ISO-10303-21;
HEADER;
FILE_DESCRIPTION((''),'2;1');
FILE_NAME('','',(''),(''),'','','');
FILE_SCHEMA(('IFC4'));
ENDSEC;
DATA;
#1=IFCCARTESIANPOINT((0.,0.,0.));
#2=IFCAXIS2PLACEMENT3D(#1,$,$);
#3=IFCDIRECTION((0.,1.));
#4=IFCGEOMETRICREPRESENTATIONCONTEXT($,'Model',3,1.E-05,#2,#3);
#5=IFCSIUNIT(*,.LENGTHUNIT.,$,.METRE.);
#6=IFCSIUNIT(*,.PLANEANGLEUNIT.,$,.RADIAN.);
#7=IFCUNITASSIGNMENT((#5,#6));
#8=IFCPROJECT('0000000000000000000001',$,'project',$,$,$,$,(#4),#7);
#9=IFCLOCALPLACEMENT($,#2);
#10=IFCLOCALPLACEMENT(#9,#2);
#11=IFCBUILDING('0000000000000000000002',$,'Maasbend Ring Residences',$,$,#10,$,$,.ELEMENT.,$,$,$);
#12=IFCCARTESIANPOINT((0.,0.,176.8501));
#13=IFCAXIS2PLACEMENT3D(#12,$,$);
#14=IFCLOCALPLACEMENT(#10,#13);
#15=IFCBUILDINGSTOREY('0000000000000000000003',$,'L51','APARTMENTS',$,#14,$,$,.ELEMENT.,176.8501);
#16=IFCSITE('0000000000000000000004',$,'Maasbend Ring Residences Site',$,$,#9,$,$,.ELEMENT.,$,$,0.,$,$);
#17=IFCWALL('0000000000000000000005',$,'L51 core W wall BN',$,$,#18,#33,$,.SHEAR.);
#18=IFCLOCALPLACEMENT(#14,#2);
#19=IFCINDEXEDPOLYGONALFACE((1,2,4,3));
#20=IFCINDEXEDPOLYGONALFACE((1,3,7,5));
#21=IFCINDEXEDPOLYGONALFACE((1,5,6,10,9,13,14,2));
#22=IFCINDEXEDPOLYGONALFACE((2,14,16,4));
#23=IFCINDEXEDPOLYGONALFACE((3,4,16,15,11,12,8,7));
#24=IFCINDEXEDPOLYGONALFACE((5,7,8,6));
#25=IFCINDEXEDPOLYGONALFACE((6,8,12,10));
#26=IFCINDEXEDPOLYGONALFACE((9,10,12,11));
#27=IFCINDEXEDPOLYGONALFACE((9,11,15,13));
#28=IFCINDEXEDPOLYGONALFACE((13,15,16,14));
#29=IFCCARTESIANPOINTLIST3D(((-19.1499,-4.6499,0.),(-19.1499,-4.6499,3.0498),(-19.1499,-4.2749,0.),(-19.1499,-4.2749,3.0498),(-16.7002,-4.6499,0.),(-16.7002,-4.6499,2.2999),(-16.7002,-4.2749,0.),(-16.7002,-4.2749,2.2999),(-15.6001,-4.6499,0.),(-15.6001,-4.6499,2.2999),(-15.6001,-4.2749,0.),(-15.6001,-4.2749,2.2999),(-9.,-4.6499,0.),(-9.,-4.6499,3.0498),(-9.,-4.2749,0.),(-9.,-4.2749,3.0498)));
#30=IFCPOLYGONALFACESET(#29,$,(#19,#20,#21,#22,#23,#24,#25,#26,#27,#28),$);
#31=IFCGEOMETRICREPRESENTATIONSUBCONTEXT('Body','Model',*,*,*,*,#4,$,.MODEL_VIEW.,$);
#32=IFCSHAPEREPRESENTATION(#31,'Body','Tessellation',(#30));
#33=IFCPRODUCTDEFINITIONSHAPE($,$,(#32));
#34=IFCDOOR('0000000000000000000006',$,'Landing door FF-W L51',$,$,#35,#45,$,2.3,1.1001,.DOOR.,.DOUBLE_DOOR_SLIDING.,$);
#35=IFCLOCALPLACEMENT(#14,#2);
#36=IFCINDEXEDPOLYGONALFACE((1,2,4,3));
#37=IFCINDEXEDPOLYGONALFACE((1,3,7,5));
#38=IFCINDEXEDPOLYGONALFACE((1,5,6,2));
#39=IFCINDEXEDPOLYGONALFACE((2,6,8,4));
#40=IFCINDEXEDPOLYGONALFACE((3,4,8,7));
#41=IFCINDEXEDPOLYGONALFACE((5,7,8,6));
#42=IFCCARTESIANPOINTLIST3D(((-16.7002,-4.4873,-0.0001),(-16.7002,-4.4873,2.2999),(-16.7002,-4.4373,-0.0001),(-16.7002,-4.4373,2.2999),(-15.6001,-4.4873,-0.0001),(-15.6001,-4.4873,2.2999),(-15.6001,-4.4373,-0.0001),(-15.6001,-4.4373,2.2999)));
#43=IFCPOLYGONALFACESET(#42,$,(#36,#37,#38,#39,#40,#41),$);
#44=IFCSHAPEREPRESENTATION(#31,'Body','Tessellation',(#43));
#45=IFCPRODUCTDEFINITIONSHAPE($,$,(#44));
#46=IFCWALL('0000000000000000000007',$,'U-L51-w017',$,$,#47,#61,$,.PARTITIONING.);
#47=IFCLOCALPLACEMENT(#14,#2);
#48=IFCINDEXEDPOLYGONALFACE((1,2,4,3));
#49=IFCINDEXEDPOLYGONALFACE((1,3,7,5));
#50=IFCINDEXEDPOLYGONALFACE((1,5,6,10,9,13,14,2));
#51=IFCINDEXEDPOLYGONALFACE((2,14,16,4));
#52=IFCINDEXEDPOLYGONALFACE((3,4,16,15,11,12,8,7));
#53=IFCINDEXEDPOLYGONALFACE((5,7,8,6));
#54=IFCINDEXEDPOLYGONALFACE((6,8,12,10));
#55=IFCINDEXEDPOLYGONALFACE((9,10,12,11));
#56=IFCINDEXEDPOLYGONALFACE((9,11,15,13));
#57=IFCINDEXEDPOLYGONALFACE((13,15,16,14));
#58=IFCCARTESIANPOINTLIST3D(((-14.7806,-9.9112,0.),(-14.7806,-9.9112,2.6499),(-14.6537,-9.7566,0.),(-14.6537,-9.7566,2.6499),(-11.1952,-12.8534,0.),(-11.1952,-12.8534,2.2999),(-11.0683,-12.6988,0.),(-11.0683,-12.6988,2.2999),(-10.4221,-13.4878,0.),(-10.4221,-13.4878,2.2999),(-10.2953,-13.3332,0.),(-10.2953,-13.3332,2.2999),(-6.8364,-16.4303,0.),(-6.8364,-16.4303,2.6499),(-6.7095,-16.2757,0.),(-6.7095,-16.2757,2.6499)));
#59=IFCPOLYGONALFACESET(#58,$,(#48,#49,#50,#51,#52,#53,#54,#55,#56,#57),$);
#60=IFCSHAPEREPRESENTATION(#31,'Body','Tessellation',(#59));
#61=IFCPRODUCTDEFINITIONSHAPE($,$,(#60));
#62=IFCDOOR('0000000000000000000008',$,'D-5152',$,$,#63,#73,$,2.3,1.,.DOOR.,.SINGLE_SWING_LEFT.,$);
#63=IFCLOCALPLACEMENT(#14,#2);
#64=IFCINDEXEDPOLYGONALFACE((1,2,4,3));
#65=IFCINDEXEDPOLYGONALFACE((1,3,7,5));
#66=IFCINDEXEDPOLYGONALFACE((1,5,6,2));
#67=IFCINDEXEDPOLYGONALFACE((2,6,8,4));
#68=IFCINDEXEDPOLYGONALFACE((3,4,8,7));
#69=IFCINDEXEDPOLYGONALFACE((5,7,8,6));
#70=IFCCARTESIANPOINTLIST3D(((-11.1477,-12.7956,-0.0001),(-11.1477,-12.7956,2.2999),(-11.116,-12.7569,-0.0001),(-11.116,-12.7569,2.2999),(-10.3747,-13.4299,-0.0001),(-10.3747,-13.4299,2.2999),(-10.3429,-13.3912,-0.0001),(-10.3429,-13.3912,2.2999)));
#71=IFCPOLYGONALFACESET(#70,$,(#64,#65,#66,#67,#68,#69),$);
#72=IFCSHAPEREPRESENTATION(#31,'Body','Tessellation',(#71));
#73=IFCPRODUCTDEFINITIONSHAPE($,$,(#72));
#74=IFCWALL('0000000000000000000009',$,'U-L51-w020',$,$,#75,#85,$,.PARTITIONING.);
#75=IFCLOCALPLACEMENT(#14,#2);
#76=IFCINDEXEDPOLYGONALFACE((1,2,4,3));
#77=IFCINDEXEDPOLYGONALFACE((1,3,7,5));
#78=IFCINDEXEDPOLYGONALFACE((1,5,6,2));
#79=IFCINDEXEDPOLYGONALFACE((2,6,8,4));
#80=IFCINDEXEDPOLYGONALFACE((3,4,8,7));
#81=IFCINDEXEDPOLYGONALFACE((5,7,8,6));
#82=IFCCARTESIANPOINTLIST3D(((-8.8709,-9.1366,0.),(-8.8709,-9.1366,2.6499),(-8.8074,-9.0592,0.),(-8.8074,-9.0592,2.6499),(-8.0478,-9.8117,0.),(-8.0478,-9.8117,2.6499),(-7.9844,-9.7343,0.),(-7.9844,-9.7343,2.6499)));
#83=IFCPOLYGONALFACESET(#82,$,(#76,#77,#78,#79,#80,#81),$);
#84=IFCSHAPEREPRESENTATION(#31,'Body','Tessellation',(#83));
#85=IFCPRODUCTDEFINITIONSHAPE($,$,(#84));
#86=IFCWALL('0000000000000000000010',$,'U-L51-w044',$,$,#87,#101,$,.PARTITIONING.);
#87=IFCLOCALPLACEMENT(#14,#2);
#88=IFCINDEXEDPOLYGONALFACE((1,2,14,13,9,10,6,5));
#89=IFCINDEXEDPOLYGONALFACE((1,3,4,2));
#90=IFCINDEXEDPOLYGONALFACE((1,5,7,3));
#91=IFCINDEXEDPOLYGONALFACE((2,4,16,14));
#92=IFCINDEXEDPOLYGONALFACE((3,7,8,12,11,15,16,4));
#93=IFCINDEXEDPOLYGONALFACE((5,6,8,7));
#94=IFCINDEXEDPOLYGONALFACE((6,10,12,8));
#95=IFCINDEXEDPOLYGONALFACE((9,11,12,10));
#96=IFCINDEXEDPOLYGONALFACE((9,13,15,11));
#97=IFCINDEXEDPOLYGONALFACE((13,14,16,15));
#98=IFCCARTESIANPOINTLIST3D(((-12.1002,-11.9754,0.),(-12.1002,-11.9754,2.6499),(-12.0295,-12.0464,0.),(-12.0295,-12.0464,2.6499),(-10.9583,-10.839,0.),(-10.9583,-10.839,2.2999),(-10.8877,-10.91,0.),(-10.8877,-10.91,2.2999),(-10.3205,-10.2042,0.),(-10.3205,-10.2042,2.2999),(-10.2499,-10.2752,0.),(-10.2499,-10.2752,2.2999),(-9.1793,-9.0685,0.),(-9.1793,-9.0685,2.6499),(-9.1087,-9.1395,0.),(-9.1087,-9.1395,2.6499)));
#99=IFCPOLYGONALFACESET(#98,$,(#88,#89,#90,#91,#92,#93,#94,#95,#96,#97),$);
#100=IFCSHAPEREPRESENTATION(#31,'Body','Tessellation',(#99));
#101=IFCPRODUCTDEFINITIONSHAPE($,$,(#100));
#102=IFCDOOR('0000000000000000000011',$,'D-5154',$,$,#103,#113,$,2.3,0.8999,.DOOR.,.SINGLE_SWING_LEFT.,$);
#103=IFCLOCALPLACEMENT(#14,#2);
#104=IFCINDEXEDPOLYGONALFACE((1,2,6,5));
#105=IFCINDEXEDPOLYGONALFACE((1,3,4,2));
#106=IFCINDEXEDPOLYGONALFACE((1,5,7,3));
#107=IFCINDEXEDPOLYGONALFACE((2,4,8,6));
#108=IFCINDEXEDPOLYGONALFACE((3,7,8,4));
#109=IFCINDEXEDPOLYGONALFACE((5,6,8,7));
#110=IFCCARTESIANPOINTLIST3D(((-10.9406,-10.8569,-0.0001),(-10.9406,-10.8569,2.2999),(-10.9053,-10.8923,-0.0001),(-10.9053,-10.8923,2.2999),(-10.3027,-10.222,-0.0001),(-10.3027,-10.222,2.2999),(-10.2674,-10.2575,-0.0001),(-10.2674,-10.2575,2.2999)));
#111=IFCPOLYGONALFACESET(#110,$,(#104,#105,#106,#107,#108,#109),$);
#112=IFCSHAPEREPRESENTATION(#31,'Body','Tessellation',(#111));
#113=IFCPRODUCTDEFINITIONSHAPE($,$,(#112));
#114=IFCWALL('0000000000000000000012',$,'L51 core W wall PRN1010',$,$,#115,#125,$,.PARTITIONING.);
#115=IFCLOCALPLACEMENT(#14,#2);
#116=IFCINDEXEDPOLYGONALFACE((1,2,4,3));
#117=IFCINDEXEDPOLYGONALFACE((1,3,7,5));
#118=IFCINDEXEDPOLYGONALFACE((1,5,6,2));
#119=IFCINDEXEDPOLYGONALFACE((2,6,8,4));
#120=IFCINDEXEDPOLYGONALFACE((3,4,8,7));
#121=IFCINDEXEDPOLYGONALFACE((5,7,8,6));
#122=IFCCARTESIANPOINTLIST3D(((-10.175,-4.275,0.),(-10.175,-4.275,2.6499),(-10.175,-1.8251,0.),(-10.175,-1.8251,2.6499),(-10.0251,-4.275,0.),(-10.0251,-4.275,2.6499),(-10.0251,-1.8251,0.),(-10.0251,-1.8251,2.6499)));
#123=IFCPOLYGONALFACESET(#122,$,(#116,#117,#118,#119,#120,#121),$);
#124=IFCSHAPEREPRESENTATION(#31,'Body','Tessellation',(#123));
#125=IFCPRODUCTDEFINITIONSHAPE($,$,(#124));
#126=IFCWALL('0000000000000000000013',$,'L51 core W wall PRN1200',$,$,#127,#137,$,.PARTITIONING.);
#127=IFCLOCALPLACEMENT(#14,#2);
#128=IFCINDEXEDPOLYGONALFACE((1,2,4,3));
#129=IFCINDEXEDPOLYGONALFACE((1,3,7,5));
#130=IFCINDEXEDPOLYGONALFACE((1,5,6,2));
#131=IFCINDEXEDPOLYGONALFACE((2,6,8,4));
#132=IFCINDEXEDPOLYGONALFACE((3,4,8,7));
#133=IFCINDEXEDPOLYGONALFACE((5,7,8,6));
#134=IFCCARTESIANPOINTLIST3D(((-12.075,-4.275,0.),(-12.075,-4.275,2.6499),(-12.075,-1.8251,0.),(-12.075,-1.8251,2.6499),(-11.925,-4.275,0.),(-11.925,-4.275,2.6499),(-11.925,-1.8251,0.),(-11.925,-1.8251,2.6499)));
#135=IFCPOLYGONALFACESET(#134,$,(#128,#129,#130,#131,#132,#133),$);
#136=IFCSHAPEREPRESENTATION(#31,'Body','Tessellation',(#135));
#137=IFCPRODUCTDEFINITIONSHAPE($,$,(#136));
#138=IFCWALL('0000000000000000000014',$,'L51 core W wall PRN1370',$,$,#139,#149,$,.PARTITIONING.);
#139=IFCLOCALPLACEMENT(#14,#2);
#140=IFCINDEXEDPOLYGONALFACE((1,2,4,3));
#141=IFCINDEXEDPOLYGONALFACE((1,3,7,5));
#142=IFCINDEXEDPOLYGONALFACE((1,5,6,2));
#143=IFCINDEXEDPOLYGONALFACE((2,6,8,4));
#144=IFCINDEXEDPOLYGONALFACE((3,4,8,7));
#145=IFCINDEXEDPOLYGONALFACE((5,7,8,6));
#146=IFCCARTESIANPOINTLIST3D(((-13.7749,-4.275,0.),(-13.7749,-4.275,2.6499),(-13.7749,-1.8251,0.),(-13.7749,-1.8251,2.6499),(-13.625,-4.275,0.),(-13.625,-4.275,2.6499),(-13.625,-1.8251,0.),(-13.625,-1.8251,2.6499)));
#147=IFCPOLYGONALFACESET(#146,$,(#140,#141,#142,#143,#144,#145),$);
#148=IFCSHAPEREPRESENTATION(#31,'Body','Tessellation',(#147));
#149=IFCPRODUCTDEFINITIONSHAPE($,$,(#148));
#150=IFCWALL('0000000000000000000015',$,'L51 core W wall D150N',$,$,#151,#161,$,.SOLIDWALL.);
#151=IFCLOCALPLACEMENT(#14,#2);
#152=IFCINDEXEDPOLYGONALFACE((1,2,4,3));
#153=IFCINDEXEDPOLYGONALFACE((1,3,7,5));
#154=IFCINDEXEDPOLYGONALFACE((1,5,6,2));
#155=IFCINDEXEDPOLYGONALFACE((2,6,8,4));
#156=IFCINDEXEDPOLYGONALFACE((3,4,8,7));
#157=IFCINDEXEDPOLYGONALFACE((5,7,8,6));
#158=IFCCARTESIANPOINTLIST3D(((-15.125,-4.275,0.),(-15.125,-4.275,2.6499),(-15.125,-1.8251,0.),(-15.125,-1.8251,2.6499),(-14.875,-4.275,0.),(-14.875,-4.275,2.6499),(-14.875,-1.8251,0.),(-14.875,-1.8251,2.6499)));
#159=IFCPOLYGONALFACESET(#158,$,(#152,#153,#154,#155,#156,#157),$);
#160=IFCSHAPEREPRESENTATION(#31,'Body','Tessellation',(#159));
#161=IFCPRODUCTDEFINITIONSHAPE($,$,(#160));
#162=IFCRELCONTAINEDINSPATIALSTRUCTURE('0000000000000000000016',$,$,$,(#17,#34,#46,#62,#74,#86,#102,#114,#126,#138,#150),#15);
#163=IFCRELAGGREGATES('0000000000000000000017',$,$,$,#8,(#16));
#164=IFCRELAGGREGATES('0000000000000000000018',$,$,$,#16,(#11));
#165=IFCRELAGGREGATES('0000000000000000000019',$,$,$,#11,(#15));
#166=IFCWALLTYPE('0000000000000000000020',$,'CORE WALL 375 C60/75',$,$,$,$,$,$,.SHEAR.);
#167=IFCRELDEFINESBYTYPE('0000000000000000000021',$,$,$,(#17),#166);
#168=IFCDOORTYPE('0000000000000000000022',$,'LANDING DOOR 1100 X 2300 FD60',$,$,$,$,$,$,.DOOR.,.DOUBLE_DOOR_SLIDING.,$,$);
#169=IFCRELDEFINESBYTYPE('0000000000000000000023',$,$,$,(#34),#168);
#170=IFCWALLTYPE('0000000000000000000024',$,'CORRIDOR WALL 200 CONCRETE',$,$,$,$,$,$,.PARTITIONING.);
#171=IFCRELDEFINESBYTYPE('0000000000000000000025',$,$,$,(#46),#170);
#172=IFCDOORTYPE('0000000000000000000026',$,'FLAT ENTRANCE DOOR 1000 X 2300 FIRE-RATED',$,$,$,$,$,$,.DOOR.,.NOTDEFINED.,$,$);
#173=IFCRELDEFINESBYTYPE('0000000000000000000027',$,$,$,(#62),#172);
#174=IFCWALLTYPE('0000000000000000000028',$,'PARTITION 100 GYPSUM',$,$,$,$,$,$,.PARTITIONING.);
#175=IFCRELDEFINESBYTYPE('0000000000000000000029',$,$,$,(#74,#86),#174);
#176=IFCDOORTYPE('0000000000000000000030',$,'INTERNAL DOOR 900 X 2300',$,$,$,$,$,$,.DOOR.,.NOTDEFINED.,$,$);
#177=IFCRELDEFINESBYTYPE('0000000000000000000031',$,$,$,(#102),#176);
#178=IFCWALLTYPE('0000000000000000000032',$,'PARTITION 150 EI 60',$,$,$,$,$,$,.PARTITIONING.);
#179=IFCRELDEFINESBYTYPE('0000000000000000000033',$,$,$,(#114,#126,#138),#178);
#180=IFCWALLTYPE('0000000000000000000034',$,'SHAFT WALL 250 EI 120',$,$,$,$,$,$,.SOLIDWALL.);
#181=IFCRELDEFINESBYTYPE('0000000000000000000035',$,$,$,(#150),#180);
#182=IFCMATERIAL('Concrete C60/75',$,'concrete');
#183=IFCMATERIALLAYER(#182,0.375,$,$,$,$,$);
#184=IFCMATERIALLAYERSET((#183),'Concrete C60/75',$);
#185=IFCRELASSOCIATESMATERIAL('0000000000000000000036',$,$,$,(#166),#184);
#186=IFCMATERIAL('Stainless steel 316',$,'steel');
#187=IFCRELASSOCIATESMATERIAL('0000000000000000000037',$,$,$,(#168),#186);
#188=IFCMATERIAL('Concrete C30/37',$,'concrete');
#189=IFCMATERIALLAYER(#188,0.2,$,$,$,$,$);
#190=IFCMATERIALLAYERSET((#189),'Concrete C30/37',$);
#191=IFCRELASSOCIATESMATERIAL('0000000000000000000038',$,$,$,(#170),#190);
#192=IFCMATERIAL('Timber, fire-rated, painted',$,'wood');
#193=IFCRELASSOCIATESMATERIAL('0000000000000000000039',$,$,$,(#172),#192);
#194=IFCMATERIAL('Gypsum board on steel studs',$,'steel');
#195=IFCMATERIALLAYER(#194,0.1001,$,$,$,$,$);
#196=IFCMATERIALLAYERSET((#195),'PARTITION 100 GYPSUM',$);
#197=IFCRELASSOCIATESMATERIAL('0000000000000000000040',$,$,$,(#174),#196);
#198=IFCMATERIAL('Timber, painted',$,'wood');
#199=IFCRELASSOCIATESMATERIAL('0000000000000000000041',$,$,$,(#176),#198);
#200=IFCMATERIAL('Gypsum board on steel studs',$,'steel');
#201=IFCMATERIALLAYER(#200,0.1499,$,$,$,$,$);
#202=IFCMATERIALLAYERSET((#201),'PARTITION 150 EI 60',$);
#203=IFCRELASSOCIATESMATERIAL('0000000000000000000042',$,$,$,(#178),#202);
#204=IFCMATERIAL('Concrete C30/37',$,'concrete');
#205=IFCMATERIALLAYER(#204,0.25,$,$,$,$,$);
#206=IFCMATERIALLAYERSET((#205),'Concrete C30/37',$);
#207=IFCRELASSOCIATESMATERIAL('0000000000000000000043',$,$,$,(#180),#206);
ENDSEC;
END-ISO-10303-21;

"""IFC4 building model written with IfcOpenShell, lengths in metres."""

from ifc_helpers import new_model, si_unit, direction, frame, frame_2d, origin, place, context, subcontext, project, spatial, rectangle, extrude, material, layer, layer_set, type_object, element, fill, save


model = new_model("IFC4")

# Units and contexts
model_context = context("Model", 3, precision=1e-05, world=origin(), true_north=direction((0.0, 1.0)))
body_context = subcontext(model_context, "Body", "Model", "MODEL_VIEW")
ifc_project = project(units=[si_unit("LENGTHUNIT", "METRE"), si_unit("PLANEANGLEUNIT", "RADIAN")], contexts=[model_context])

# Site, building, storey
site_placement = place(None, origin())
site = spatial("IfcSite", under=ifc_project, at=site_placement, Name="Maasbend Ring Residences Site", CompositionType="ELEMENT", RefElevation=0.0)
building_placement = place(site_placement, origin())
building = spatial("IfcBuilding", under=site, at=building_placement, Name="Maasbend Ring Residences", CompositionType="ELEMENT")
storey_placement = place(building_placement, frame((0.0, 0.0, 176.8501)))
storey = spatial("IfcBuildingStorey", under=building, at=storey_placement, Name="L51", Description="APARTMENTS", CompositionType="ELEMENT", Elevation=176.8501)

# Walls, openings, doors
ifc_material_1 = material(Name="Concrete C60/75", Category="concrete")
ifc_layer_1 = layer(ifc_material_1, 0.375)
ifc_layer_set_1 = layer_set([ifc_layer_1], Name="Concrete C60/75")
wall_type_1 = type_object("IfcWallType", Name="CORE WALL 375 C60/75", PredefinedType="SHEAR", material=ifc_layer_set_1)
wall_1_placement = place(storey_placement, frame((-9.0, -4.4624, 0.0), z_axis=(0.0, 0.0, 1.0), x_axis=(-1.0, 0.0, 0.0)))
wall_1 = element("IfcWall", 1, at=wall_1_placement, inside=storey, type_object=wall_type_1, Name="L51 core W wall BN", PredefinedType="SHEAR", context=body_context, shape_type="SweptSolid", body=[
    extrude(rectangle(XDim=10.1499, YDim=0.375, at=frame_2d((5.075, 0.0))), origin(), (0.0, 0.0, 1.0), 3.0498),
])
opening_1_placement = place(wall_1_placement, frame((6.6001, 0.0, 0.0)))
opening_1 = element("IfcOpeningElement", 2, at=opening_1_placement, cuts=wall_1, PredefinedType="OPENING", context=body_context, shape_type="SweptSolid", body=[
    extrude(rectangle(XDim=1.1001, YDim=2.3, at=frame_2d((0.55, 1.1499))), frame((0.0, 0.1975, 0.0), z_axis=(0.0, -1.0, 0.0), x_axis=(1.0, 0.0, 0.0)), (0.0, 0.0, 1.0), 0.395),
])
ifc_material_2 = material(Name="Stainless steel 316", Category="steel")
door_type_1 = type_object("IfcDoorType", Name="LANDING DOOR 1100 X 2300 FD60", OperationType="DOUBLE_DOOR_SLIDING", PredefinedType="DOOR", material=ifc_material_2)
door_1_placement = place(opening_1_placement, origin())
door_1 = element("IfcDoor", 3, at=door_1_placement, inside=storey, type_object=door_type_1, Name="Landing door FF-W L51", OperationType="DOUBLE_DOOR_SLIDING", OverallHeight=2.3, OverallWidth=1.1001, PredefinedType="DOOR", context=body_context, shape_type="SweptSolid", body=[
    extrude(rectangle(XDim=1.1001, YDim=2.3, at=frame_2d((0.55, 1.1499))), frame((0.0, 0.0249, 0.0), z_axis=(0.0, -1.0, 0.0), x_axis=(1.0, 0.0, 0.0)), (0.0, 0.0, 1.0), 0.05),
])
fill(opening_1, door_1)
ifc_material_3 = material(Name="Concrete C30/37", Category="concrete")
ifc_layer_2 = layer(ifc_material_3, 0.2)
ifc_layer_set_2 = layer_set([ifc_layer_2], Name="Concrete C30/37")
wall_type_2 = type_object("IfcWallType", Name="CORRIDOR WALL 200 CONCRETE", PredefinedType="PARTITIONING", material=ifc_layer_set_2)
wall_2_placement = place(storey_placement, frame((-14.717, -9.834, 0.0), z_axis=(0.0, 0.0, 1.0), x_axis=(0.773035, -0.634364, 0.0)))
wall_2 = element("IfcWall", 4, at=wall_2_placement, inside=storey, type_object=wall_type_2, Name="U-L51-w017", PredefinedType="PARTITIONING", context=body_context, shape_type="SweptSolid", body=[
    extrude(rectangle(XDim=10.2766, YDim=0.2, at=frame_2d((5.1382, 0.0))), origin(), (0.0, 0.0, 1.0), 2.6499),
])
opening_2_placement = place(wall_2_placement, frame((4.6379, 0.0, 0.0)))
opening_2 = element("IfcOpeningElement", 5, at=opening_2_placement, cuts=wall_2, PredefinedType="OPENING", context=body_context, shape_type="SweptSolid", body=[
    extrude(rectangle(XDim=1.0, YDim=2.3, at=frame_2d((0.5, 1.1499))), frame((0.0, 0.1099, 0.0), z_axis=(0.0, -1.0, 0.0), x_axis=(1.0, 0.0, 0.0)), (0.0, 0.0, 1.0), 0.22),
])
ifc_material_4 = material(Name="Timber, fire-rated, painted", Category="wood")
door_type_2 = type_object("IfcDoorType", Name="FLAT ENTRANCE DOOR 1000 X 2300 FIRE-RATED", OperationType="NOTDEFINED", PredefinedType="DOOR", material=ifc_material_4)
door_2_placement = place(opening_2_placement, origin())
door_2 = element("IfcDoor", 6, at=door_2_placement, inside=storey, type_object=door_type_2, Name="D-5152", OperationType="SINGLE_SWING_LEFT", OverallHeight=2.3, OverallWidth=1.0, PredefinedType="DOOR", context=body_context, shape_type="SweptSolid", body=[
    extrude(rectangle(XDim=1.0, YDim=2.3, at=frame_2d((0.5, 1.1499))), frame((0.0, 0.0249, 0.0), z_axis=(0.0, -1.0, 0.0), x_axis=(1.0, 0.0, 0.0)), (0.0, 0.0, 1.0), 0.05),
])
fill(opening_2, door_2)

# Wall
ifc_material_5 = material(Name="Gypsum board on steel studs", Category="steel")
ifc_layer_3 = layer(ifc_material_5, 0.1001)
ifc_layer_set_3 = layer_set([ifc_layer_3], Name="PARTITION 100 GYPSUM")
wall_type_3 = type_object("IfcWallType", Name="PARTITION 100 GYPSUM", PredefinedType="PARTITIONING", material=ifc_layer_set_3)
wall_3_placement = place(storey_placement, frame((-8.8391, -9.0979, 0.0), z_axis=(0.0, 0.0, 1.0), x_axis=(0.77318, -0.634187, 0.0)))
element("IfcWall", 7, at=wall_3_placement, inside=storey, type_object=wall_type_3, Name="U-L51-w020", PredefinedType="PARTITIONING", context=body_context, shape_type="SweptSolid", body=[
    extrude(rectangle(XDim=1.0645, YDim=0.1001, at=frame_2d((0.5322, 0.0))), origin(), (0.0, 0.0, 1.0), 2.6499),
])

# Wall, opening, door
wall_4_placement = place(storey_placement, frame((-12.0649, -12.011, 0.0), z_axis=(0.0, 0.0, 1.0), x_axis=(0.708793, 0.705416, 0.0)))
wall_4 = element("IfcWall", 8, at=wall_4_placement, inside=storey, type_object=wall_type_3, Name="U-L51-w044", PredefinedType="PARTITIONING", context=body_context, shape_type="SweptSolid", body=[
    extrude(rectangle(XDim=4.1208, YDim=0.1001, at=frame_2d((2.0605, 0.0))), origin(), (0.0, 0.0, 1.0), 2.6499),
])
opening_3_placement = place(wall_4_placement, frame((1.6111, 0.0, 0.0)))
opening_3 = element("IfcOpeningElement", 9, at=opening_3_placement, cuts=wall_4, PredefinedType="OPENING", context=body_context, shape_type="SweptSolid", body=[
    extrude(rectangle(XDim=0.8999, YDim=2.3, at=frame_2d((0.45, 1.1499))), frame((0.0, 0.0601, 0.0), z_axis=(0.0, -1.0, 0.0), x_axis=(1.0, 0.0, 0.0)), (0.0, 0.0, 1.0), 0.1201),
])
ifc_material_6 = material(Name="Timber, painted", Category="wood")
door_type_3 = type_object("IfcDoorType", Name="INTERNAL DOOR 900 X 2300", OperationType="NOTDEFINED", PredefinedType="DOOR", material=ifc_material_6)
door_3_placement = place(opening_3_placement, origin())
door_3 = element("IfcDoor", 10, at=door_3_placement, inside=storey, type_object=door_type_3, Name="D-5154", OperationType="SINGLE_SWING_LEFT", OverallHeight=2.3, OverallWidth=0.8999, PredefinedType="DOOR", context=body_context, shape_type="SweptSolid", body=[
    extrude(rectangle(XDim=0.8999, YDim=2.3, at=frame_2d((0.45, 1.1499))), frame((0.0, 0.0249, 0.0), z_axis=(0.0, -1.0, 0.0), x_axis=(1.0, 0.0, 0.0)), (0.0, 0.0, 1.0), 0.05),
])
fill(opening_3, door_3)

# Walls
ifc_material_7 = material(Name="Gypsum board on steel studs", Category="steel")
ifc_layer_4 = layer(ifc_material_7, 0.1499)
ifc_layer_set_4 = layer_set([ifc_layer_4], Name="PARTITION 150 EI 60")
wall_type_4 = type_object("IfcWallType", Name="PARTITION 150 EI 60", PredefinedType="PARTITIONING", material=ifc_layer_set_4)
for number, where, z_axis, x_axis, name in (
    (11, (-10.1001, -1.825, 0.0), (0.0, 0.0, 1.0), (0.0, -1.0, 0.0), "L51 core W wall PRN1010"),
    (12, (-12.0, -1.825, 0.0), (0.0, 0.0, 1.0), (0.0, -1.0, 0.0), "L51 core W wall PRN1200"),
    (13, (-13.7, -1.825, 0.0), (0.0, 0.0, 1.0), (0.0, -1.0, 0.0), "L51 core W wall PRN1370"),
):
    element("IfcWall", number, at=place(storey_placement, frame(where, z_axis=z_axis, x_axis=x_axis)), inside=storey, type_object=wall_type_4, Name=name, PredefinedType="PARTITIONING", context=body_context, shape_type="SweptSolid", body=[
        extrude(rectangle(XDim=2.45, YDim=0.1499, at=frame_2d((1.2251, 0.0))), origin(), (0.0, 0.0, 1.0), 2.6499),
    ])
ifc_material_8 = material(Name="Concrete C30/37", Category="concrete")
ifc_layer_5 = layer(ifc_material_8, 0.25)
ifc_layer_set_5 = layer_set([ifc_layer_5], Name="Concrete C30/37")
wall_type_5 = type_object("IfcWallType", Name="SHAFT WALL 250 EI 120", PredefinedType="SOLIDWALL", material=ifc_layer_set_5)
wall_5_placement = place(storey_placement, frame((-15.0, -1.825, 0.0), z_axis=(0.0, 0.0, 1.0), x_axis=(0.0, -1.0, 0.0)))
element("IfcWall", 14, at=wall_5_placement, inside=storey, type_object=wall_type_5, Name="L51 core W wall D150N", PredefinedType="SOLIDWALL", context=body_context, shape_type="SweptSolid", body=[
    extrude(rectangle(XDim=2.45, YDim=0.25, at=frame_2d((1.2251, 0.0))), origin(), (0.0, 0.0, 1.0), 2.6499),
])

save(model, "model.ifc")
